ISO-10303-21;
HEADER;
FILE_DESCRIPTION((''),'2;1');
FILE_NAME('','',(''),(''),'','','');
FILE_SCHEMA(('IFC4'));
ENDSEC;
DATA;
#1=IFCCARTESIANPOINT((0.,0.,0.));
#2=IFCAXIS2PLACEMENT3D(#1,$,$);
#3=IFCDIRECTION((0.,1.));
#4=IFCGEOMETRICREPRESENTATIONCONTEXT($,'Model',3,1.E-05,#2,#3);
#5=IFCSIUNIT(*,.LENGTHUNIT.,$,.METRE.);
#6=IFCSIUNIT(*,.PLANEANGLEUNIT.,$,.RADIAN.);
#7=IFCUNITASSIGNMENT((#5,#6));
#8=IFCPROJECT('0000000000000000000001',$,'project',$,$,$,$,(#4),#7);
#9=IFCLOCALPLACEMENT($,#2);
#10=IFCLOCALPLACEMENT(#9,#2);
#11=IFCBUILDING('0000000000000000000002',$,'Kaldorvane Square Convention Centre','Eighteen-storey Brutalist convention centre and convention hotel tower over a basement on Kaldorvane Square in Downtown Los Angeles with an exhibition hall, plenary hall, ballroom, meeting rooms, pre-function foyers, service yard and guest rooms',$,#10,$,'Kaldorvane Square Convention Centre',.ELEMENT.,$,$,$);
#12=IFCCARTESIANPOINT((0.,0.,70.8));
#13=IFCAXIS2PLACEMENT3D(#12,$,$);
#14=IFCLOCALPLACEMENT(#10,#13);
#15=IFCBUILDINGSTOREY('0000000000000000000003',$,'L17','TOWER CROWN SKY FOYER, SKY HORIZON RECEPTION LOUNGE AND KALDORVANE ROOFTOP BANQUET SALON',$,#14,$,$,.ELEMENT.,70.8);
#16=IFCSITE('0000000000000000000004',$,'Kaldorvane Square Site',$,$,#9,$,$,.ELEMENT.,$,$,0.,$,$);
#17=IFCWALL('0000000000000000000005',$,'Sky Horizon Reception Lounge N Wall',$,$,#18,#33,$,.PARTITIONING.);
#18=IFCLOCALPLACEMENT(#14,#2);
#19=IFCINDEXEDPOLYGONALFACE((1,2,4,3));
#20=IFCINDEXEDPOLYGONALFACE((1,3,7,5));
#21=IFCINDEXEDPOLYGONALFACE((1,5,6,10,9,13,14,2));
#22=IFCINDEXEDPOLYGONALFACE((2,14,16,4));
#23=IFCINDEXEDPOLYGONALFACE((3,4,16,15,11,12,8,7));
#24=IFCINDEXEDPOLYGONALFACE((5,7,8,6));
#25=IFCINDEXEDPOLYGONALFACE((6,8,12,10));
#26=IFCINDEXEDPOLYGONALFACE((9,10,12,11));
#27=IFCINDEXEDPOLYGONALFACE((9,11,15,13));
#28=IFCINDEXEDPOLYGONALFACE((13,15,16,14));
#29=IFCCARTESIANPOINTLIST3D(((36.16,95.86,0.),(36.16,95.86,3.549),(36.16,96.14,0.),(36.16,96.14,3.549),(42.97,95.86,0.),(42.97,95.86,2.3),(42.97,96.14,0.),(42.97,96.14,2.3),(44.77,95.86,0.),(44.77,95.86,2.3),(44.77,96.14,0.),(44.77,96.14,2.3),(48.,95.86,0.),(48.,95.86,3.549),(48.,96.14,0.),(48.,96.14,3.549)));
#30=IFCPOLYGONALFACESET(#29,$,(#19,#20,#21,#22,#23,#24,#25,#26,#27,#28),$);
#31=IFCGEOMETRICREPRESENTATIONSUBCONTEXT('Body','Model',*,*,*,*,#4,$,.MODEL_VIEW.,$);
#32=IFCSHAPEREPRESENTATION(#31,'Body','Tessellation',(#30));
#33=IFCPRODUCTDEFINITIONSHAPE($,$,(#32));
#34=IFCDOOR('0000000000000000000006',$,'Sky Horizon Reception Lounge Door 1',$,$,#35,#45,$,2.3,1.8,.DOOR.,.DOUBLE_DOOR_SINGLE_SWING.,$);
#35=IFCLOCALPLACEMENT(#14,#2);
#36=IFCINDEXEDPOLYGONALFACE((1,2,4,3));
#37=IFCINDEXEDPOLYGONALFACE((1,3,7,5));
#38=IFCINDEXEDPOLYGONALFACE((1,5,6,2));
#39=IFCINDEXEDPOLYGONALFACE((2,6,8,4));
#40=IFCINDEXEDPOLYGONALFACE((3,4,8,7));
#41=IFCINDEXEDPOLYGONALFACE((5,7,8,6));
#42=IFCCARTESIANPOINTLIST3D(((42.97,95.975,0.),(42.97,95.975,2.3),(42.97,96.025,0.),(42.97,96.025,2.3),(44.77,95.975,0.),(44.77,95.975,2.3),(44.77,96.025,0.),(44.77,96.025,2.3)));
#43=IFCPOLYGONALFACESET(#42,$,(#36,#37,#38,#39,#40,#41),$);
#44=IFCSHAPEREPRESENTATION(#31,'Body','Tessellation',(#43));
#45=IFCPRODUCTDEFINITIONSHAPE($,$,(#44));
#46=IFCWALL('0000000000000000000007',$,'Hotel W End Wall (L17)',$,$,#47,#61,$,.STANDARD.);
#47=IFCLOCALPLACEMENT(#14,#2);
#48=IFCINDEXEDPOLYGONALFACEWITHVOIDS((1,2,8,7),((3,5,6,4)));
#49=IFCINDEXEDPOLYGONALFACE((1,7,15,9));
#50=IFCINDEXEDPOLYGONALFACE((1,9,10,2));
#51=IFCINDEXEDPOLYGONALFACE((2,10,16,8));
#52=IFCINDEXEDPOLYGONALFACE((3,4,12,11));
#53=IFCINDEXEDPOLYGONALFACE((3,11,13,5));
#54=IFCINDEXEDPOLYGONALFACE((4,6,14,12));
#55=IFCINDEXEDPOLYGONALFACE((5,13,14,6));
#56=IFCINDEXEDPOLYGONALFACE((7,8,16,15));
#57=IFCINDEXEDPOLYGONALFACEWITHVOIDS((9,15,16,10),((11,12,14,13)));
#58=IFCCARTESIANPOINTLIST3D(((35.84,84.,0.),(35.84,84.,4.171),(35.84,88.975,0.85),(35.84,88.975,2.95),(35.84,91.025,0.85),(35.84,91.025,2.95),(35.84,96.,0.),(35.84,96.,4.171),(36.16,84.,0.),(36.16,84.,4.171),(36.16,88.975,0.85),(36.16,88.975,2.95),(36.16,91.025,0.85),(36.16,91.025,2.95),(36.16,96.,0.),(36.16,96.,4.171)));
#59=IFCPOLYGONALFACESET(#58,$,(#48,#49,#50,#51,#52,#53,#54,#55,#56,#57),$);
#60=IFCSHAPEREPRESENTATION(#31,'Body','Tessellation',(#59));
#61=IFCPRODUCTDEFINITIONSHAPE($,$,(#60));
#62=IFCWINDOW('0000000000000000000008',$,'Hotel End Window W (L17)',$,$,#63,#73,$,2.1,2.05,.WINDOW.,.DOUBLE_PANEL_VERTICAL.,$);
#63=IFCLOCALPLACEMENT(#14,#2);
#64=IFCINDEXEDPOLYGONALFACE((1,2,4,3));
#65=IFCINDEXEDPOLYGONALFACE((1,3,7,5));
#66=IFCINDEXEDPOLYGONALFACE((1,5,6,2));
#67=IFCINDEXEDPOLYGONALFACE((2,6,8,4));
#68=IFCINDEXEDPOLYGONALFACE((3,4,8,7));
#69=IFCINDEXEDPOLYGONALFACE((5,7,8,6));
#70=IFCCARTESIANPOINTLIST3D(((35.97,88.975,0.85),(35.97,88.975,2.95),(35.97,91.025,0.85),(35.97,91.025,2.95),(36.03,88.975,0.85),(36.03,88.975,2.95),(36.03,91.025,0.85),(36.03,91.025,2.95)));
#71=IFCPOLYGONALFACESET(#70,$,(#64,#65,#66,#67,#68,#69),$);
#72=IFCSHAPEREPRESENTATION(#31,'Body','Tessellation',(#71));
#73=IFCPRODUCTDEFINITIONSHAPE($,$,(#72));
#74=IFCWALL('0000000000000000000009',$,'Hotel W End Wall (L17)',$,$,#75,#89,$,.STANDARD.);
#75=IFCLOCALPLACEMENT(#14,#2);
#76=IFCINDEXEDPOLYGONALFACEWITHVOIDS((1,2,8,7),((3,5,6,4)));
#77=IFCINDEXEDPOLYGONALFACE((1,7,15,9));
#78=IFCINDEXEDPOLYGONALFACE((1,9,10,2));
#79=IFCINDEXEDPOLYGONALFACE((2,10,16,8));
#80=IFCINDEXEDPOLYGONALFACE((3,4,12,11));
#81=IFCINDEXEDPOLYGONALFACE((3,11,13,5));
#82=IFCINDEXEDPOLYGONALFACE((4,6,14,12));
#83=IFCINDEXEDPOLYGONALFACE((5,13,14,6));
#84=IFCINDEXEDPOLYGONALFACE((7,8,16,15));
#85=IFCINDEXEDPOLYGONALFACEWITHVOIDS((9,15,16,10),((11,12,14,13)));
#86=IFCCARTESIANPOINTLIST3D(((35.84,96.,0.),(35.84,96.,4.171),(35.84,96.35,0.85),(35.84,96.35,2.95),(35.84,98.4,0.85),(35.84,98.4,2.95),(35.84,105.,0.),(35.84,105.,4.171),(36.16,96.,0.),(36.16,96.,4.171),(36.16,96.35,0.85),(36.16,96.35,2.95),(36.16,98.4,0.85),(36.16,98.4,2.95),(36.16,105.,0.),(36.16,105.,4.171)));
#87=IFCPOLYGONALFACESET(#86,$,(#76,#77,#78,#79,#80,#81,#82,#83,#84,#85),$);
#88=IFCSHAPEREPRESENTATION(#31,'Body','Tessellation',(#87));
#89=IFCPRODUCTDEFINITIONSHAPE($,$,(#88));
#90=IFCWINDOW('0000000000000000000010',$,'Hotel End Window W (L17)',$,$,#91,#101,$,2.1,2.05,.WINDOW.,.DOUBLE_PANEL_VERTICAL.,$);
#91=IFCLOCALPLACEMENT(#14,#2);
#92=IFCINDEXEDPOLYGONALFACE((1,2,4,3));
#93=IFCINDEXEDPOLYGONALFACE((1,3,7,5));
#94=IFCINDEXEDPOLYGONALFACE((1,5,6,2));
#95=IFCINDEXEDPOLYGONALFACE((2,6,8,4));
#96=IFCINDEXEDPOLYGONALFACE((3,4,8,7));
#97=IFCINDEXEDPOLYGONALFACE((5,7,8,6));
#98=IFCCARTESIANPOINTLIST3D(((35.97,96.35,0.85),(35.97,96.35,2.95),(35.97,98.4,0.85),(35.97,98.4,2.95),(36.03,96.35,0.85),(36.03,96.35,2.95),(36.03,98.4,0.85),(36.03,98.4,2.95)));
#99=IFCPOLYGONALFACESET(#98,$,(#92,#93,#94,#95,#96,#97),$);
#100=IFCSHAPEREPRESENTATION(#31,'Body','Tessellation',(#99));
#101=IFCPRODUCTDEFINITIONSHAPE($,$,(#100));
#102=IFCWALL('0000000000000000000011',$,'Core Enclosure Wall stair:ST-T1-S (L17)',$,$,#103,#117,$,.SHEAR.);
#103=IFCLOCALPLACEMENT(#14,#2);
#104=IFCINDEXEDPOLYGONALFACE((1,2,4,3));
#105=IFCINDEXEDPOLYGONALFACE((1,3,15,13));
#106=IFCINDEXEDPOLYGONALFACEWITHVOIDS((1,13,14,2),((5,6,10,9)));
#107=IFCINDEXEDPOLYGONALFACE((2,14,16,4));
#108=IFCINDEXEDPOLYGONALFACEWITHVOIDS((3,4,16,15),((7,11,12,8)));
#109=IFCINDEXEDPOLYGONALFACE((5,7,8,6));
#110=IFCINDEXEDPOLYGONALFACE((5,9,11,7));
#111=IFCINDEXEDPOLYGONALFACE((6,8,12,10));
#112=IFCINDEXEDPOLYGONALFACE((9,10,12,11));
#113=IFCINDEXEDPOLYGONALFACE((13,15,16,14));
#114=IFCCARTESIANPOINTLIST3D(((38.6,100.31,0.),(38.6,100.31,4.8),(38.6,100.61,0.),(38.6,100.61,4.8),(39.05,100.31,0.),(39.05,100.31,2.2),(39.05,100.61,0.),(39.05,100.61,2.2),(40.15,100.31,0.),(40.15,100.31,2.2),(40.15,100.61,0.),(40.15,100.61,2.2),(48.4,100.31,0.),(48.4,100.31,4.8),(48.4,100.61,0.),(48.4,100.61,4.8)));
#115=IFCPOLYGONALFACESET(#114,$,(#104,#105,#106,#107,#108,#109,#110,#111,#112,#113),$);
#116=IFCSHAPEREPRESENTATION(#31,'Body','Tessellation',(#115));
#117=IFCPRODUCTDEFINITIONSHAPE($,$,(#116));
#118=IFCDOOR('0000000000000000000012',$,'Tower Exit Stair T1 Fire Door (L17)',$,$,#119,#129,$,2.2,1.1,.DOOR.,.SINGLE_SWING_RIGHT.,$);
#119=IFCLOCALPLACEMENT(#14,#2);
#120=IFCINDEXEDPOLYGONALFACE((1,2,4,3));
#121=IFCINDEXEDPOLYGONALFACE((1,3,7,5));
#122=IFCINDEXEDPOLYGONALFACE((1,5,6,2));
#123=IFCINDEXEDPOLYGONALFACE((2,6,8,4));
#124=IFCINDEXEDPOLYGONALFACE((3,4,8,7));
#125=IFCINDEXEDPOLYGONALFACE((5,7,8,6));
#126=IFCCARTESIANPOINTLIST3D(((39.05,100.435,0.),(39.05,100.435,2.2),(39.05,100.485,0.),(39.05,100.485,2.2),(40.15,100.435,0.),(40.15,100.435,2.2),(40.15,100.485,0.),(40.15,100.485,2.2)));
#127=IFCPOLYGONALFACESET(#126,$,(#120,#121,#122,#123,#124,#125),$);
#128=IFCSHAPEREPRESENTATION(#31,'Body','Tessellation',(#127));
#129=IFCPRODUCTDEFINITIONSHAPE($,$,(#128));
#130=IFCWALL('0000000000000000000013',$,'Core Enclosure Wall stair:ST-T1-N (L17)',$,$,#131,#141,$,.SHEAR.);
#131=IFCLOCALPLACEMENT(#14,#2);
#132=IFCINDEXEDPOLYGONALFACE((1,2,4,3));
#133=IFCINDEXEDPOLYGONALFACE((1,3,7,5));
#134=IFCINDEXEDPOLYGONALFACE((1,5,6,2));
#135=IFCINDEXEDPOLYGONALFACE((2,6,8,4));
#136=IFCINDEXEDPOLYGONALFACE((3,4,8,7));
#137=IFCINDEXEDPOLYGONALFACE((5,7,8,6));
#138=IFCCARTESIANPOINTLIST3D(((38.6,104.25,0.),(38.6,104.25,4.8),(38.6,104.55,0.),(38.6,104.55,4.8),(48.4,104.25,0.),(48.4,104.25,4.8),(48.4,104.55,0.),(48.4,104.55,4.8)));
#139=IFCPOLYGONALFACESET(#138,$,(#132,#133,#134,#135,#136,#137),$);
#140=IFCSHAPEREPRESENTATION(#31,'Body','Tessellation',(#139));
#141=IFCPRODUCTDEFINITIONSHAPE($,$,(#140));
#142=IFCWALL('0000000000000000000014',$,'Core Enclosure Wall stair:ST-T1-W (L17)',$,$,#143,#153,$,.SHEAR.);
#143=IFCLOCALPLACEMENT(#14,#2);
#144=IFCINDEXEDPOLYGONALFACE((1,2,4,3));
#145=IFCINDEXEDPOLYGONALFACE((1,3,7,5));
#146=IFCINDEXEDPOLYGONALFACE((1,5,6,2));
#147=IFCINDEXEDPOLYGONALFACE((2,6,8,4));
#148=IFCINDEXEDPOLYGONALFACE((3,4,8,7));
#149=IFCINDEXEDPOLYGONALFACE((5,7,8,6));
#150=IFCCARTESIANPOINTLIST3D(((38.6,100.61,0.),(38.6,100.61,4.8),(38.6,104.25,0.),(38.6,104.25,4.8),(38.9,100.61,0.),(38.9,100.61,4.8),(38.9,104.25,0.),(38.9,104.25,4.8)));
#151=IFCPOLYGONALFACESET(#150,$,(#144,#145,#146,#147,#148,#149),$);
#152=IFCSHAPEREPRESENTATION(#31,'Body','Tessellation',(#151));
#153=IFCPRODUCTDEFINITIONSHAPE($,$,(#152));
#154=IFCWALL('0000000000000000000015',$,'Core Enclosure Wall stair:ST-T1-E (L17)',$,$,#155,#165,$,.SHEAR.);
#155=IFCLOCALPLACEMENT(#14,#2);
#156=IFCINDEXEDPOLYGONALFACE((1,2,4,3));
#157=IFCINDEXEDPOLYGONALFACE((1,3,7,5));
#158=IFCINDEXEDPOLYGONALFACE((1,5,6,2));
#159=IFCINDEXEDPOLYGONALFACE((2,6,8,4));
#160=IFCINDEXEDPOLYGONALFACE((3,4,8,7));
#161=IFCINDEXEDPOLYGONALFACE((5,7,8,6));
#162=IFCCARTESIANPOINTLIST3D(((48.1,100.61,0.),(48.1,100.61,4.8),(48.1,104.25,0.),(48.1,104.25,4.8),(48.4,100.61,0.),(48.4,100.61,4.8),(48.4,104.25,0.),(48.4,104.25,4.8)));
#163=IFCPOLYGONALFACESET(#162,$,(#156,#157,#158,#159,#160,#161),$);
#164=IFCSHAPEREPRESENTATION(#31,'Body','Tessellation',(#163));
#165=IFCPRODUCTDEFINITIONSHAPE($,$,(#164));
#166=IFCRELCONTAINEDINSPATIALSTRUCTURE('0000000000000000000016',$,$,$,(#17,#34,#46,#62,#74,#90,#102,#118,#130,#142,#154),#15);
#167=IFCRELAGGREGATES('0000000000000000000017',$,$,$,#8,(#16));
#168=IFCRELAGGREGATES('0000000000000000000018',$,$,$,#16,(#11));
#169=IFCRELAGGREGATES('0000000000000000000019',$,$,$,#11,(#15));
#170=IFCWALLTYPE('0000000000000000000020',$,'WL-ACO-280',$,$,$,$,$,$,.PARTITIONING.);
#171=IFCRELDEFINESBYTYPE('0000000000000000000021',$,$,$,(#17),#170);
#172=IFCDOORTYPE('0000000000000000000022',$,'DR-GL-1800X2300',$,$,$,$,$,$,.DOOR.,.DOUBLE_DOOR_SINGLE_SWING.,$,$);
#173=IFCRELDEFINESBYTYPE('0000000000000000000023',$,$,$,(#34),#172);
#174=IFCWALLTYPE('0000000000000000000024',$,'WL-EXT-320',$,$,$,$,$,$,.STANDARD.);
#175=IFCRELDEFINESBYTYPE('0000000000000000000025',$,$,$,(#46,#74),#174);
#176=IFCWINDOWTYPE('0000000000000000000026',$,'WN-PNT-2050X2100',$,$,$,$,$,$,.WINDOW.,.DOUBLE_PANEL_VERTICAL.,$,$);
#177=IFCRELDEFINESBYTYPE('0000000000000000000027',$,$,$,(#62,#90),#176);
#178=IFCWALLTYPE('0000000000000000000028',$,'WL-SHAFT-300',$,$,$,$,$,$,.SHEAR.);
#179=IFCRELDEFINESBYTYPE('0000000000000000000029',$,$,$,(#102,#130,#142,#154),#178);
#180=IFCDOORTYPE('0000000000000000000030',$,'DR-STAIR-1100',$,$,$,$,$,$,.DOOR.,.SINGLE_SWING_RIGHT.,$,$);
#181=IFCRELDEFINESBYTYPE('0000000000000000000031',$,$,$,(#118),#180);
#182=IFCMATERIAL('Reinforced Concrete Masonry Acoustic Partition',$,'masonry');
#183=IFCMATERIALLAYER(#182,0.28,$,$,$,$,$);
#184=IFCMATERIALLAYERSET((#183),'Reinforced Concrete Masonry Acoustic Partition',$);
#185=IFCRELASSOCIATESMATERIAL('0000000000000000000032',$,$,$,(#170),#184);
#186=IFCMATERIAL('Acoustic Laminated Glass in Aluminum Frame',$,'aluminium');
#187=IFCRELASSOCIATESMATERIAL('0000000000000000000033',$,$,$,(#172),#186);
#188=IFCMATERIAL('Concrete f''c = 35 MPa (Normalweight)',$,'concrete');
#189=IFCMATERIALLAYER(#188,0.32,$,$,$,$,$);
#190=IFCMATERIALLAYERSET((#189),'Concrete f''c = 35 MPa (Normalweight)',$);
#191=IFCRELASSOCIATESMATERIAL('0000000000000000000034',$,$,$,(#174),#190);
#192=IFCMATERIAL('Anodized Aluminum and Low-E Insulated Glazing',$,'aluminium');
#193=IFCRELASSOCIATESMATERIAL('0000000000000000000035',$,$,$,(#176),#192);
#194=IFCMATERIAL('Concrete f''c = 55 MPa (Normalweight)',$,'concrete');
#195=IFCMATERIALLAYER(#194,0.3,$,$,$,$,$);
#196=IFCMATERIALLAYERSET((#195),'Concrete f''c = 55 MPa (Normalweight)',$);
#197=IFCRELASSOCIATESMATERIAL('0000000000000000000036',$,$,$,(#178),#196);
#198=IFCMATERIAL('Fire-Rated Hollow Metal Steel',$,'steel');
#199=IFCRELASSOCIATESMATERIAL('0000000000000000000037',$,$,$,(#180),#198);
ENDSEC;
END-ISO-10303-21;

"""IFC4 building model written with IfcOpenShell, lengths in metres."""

from ifc_helpers import new_model, si_unit, direction, frame, frame_2d, origin, place, context, subcontext, project, spatial, rectangle, extrude, material, layer, layer_set, type_object, element, fill, save


model = new_model("IFC4")

# Units and contexts
model_context = context("Model", 3, precision=1e-05, world=origin(), true_north=direction((0.0, 1.0)))
body_context = subcontext(model_context, "Body", "Model", "MODEL_VIEW")
ifc_project = project(units=[si_unit("LENGTHUNIT", "METRE"), si_unit("PLANEANGLEUNIT", "RADIAN")], contexts=[model_context])

# Site, building, storey
site_placement = place(None, origin())
site = spatial("IfcSite", under=ifc_project, at=site_placement, Name="Kaldorvane Square Site", CompositionType="ELEMENT", RefElevation=0.0)
building_placement = place(site_placement, origin())
building = spatial("IfcBuilding", under=site, at=building_placement, Name="Kaldorvane Square Convention Centre", Description="Eighteen-storey Brutalist convention centre and convention hotel tower over a basement on Kaldorvane Square in Downtown Los Angeles with an exhibition hall, plenary hall, ballroom, meeting rooms, pre-function foyers, service yard and guest rooms", LongName="Kaldorvane Square Convention Centre", CompositionType="ELEMENT")
storey_placement = place(building_placement, frame((0.0, 0.0, 70.8)))
storey = spatial("IfcBuildingStorey", under=building, at=storey_placement, Name="L17", Description="TOWER CROWN SKY FOYER, SKY HORIZON RECEPTION LOUNGE AND KALDORVANE ROOFTOP BANQUET SALON", CompositionType="ELEMENT", Elevation=70.8)

# Wall, opening, door
ifc_material_1 = material(Name="Reinforced Concrete Masonry Acoustic Partition", Category="masonry")
ifc_layer_1 = layer(ifc_material_1, 0.28)
ifc_layer_set_1 = layer_set([ifc_layer_1], Name="Reinforced Concrete Masonry Acoustic Partition")
wall_type_1 = type_object("IfcWallType", Name="WL-ACO-280", PredefinedType="PARTITIONING", material=ifc_layer_set_1)
wall_1_placement = place(storey_placement, frame((48.0, 96.0, 0.0), z_axis=(0.0, 0.0, 1.0), x_axis=(-1.0, 0.0, 0.0)))
wall_1 = element("IfcWall", 1, at=wall_1_placement, inside=storey, type_object=wall_type_1, Name="Sky Horizon Reception Lounge N Wall", PredefinedType="PARTITIONING", context=body_context, shape_type="SweptSolid", body=[
    extrude(rectangle(XDim=11.84, YDim=0.28, at=frame_2d((5.92, 0.0))), origin(), (0.0, 0.0, 1.0), 3.549),
])
opening_1_placement = place(wall_1_placement, frame((3.23, 0.0, 0.0)))
opening_1 = element("IfcOpeningElement", 2, at=opening_1_placement, cuts=wall_1, PredefinedType="OPENING", context=body_context, shape_type="SweptSolid", body=[
    extrude(rectangle(XDim=1.8, YDim=2.3, at=frame_2d((0.9, 1.15))), frame((0.0, 0.155, 0.0), z_axis=(0.0, -1.0, 0.0), x_axis=(1.0, 0.0, 0.0)), (0.0, 0.0, 1.0), 0.31),
])
ifc_material_2 = material(Name="Acoustic Laminated Glass in Aluminum Frame", Category="aluminium")
door_type_1 = type_object("IfcDoorType", Name="DR-GL-1800X2300", OperationType="DOUBLE_DOOR_SINGLE_SWING", PredefinedType="DOOR", material=ifc_material_2)
door_1_placement = place(opening_1_placement, origin())
door_1 = element("IfcDoor", 3, at=door_1_placement, inside=storey, type_object=door_type_1, Name="Sky Horizon Reception Lounge Door 1", OperationType="DOUBLE_DOOR_SINGLE_SWING", OverallHeight=2.3, OverallWidth=1.8, PredefinedType="DOOR", context=body_context, shape_type="SweptSolid", body=[
    extrude(rectangle(XDim=1.8, YDim=2.3, at=frame_2d((0.9, 1.15))), frame((0.0, 0.025, 0.0), z_axis=(0.0, -1.0, 0.0), x_axis=(1.0, 0.0, 0.0)), (0.0, 0.0, 1.0), 0.05),
])
fill(opening_1, door_1)

# Walls, openings, windows
ifc_material_3 = material(Name="Concrete f'c = 35 MPa (Normalweight)", Category="concrete")
ifc_layer_2 = layer(ifc_material_3, 0.32)
ifc_layer_set_2 = layer_set([ifc_layer_2], Name="Concrete f'c = 35 MPa (Normalweight)")
wall_type_2 = type_object("IfcWallType", Name="WL-EXT-320", PredefinedType="STANDARD", material=ifc_layer_set_2)
wall_2_placement = place(storey_placement, frame((36.0, 96.0, 0.0), z_axis=(0.0, 0.0, 1.0), x_axis=(0.0, -1.0, 0.0)))
wall_2 = element("IfcWall", 4, at=wall_2_placement, inside=storey, type_object=wall_type_2, Name="Hotel W End Wall (L17)", PredefinedType="STANDARD", context=body_context, shape_type="SweptSolid", body=[
    extrude(rectangle(XDim=12.0, YDim=0.32, at=frame_2d((6.0, 0.0))), origin(), (0.0, 0.0, 1.0), 4.171),
])
opening_2_placement = place(wall_2_placement, frame((4.975, 0.0, 0.85)))
opening_2 = element("IfcOpeningElement", 5, at=opening_2_placement, cuts=wall_2, PredefinedType="OPENING", context=body_context, shape_type="SweptSolid", body=[
    extrude(rectangle(XDim=2.05, YDim=2.1, at=frame_2d((1.025, 1.05))), frame((0.0, 0.175, 0.0), z_axis=(0.0, -1.0, 0.0), x_axis=(1.0, 0.0, 0.0)), (0.0, 0.0, 1.0), 0.35),
])
ifc_material_4 = material(Name="Anodized Aluminum and Low-E Insulated Glazing", Category="aluminium")
window_type = type_object("IfcWindowType", Name="WN-PNT-2050X2100", PartitioningType="DOUBLE_PANEL_VERTICAL", PredefinedType="WINDOW", material=ifc_material_4)
window_1_placement = place(opening_2_placement, origin())
window_1 = element("IfcWindow", 6, at=window_1_placement, inside=storey, type_object=window_type, Name="Hotel End Window W (L17)", OverallHeight=2.1, OverallWidth=2.05, PartitioningType="DOUBLE_PANEL_VERTICAL", PredefinedType="WINDOW", context=body_context, shape_type="SweptSolid", body=[
    extrude(rectangle(XDim=2.05, YDim=2.1, at=frame_2d((1.025, 1.05))), frame((0.0, 0.03, 0.0), z_axis=(0.0, -1.0, 0.0), x_axis=(1.0, 0.0, 0.0)), (0.0, 0.0, 1.0), 0.06),
])
fill(opening_2, window_1)
wall_3_placement = place(storey_placement, frame((36.0, 105.0, 0.0), z_axis=(0.0, 0.0, 1.0), x_axis=(0.0, -1.0, 0.0)))
wall_3 = element("IfcWall", 7, at=wall_3_placement, inside=storey, type_object=wall_type_2, Name="Hotel W End Wall (L17)", PredefinedType="STANDARD", context=body_context, shape_type="SweptSolid", body=[
    extrude(rectangle(XDim=9.0, YDim=0.32, at=frame_2d((4.5, 0.0))), origin(), (0.0, 0.0, 1.0), 4.171),
])
opening_3_placement = place(wall_3_placement, frame((6.6, 0.0, 0.85)))
opening_3 = element("IfcOpeningElement", 8, at=opening_3_placement, cuts=wall_3, PredefinedType="OPENING", context=body_context, shape_type="SweptSolid", body=[
    extrude(rectangle(XDim=2.05, YDim=2.1, at=frame_2d((1.025, 1.05))), frame((0.0, 0.175, 0.0), z_axis=(0.0, -1.0, 0.0), x_axis=(1.0, 0.0, 0.0)), (0.0, 0.0, 1.0), 0.35),
])
window_2_placement = place(opening_3_placement, origin())
window_2 = element("IfcWindow", 9, at=window_2_placement, inside=storey, type_object=window_type, Name="Hotel End Window W (L17)", OverallHeight=2.1, OverallWidth=2.05, PartitioningType="DOUBLE_PANEL_VERTICAL", PredefinedType="WINDOW", context=body_context, shape_type="SweptSolid", body=[
    extrude(rectangle(XDim=2.05, YDim=2.1, at=frame_2d((1.025, 1.05))), frame((0.0, 0.03, 0.0), z_axis=(0.0, -1.0, 0.0), x_axis=(1.0, 0.0, 0.0)), (0.0, 0.0, 1.0), 0.06),
])
fill(opening_3, window_2)

# Wall, opening, door
ifc_material_5 = material(Name="Concrete f'c = 55 MPa (Normalweight)", Category="concrete")
ifc_layer_3 = layer(ifc_material_5, 0.3)
ifc_layer_set_3 = layer_set([ifc_layer_3], Name="Concrete f'c = 55 MPa (Normalweight)")
wall_type_3 = type_object("IfcWallType", Name="WL-SHAFT-300", PredefinedType="SHEAR", material=ifc_layer_set_3)
wall_4_placement = place(storey_placement, frame((38.6, 100.46, 0.0), z_axis=(0.0, 0.0, 1.0), x_axis=(1.0, 0.0, 0.0)))
wall_4 = element("IfcWall", 10, at=wall_4_placement, inside=storey, type_object=wall_type_3, Name="Core Enclosure Wall stair:ST-T1-S (L17)", PredefinedType="SHEAR", context=body_context, shape_type="SweptSolid", body=[
    extrude(rectangle(XDim=9.8, YDim=0.3, at=frame_2d((4.9, 0.0))), origin(), (0.0, 0.0, 1.0), 4.8),
])
opening_4_placement = place(wall_4_placement, frame((0.45, 0.0, 0.0)))
opening_4 = element("IfcOpeningElement", 11, at=opening_4_placement, cuts=wall_4, PredefinedType="OPENING", context=body_context, shape_type="SweptSolid", body=[
    extrude(rectangle(XDim=1.1, YDim=2.2, at=frame_2d((0.55, 1.1))), frame((0.0, 0.165, 0.0), z_axis=(0.0, -1.0, 0.0), x_axis=(1.0, 0.0, 0.0)), (0.0, 0.0, 1.0), 0.33),
])
ifc_material_6 = material(Name="Fire-Rated Hollow Metal Steel", Category="steel")
door_type_2 = type_object("IfcDoorType", Name="DR-STAIR-1100", OperationType="SINGLE_SWING_RIGHT", PredefinedType="DOOR", material=ifc_material_6)
door_2_placement = place(opening_4_placement, origin())
door_2 = element("IfcDoor", 12, at=door_2_placement, inside=storey, type_object=door_type_2, Name="Tower Exit Stair T1 Fire Door (L17)", OperationType="SINGLE_SWING_RIGHT", OverallHeight=2.2, OverallWidth=1.1, PredefinedType="DOOR", context=body_context, shape_type="SweptSolid", body=[
    extrude(rectangle(XDim=1.1, YDim=2.2, at=frame_2d((0.55, 1.1))), frame((0.0, 0.025, 0.0), z_axis=(0.0, -1.0, 0.0), x_axis=(1.0, 0.0, 0.0)), (0.0, 0.0, 1.0), 0.05),
])
fill(opening_4, door_2)

# Walls
wall_5_placement = place(storey_placement, frame((48.4, 104.4, 0.0), z_axis=(0.0, 0.0, 1.0), x_axis=(-1.0, 0.0, 0.0)))
element("IfcWall", 13, at=wall_5_placement, inside=storey, type_object=wall_type_3, Name="Core Enclosure Wall stair:ST-T1-N (L17)", PredefinedType="SHEAR", context=body_context, shape_type="SweptSolid", body=[
    extrude(rectangle(XDim=9.8, YDim=0.3, at=frame_2d((4.9, 0.0))), origin(), (0.0, 0.0, 1.0), 4.8),
])
for number, where, z_axis, x_axis, name in (
    (14, (38.75, 104.25, 0.0), (0.0, 0.0, 1.0), (0.0, -1.0, 0.0), "Core Enclosure Wall stair:ST-T1-W (L17)"),
    (15, (48.25, 100.61, 0.0), (0.0, 0.0, 1.0), (0.0, 1.0, 0.0), "Core Enclosure Wall stair:ST-T1-E (L17)"),
):
    element("IfcWall", number, at=place(storey_placement, frame(where, z_axis=z_axis, x_axis=x_axis)), inside=storey, type_object=wall_type_3, Name=name, PredefinedType="SHEAR", context=body_context, shape_type="SweptSolid", body=[
        extrude(rectangle(XDim=3.64, YDim=0.3, at=frame_2d((1.82, 0.0))), origin(), (0.0, 0.0, 1.0), 4.8),
    ])

save(model, "model.ifc")
